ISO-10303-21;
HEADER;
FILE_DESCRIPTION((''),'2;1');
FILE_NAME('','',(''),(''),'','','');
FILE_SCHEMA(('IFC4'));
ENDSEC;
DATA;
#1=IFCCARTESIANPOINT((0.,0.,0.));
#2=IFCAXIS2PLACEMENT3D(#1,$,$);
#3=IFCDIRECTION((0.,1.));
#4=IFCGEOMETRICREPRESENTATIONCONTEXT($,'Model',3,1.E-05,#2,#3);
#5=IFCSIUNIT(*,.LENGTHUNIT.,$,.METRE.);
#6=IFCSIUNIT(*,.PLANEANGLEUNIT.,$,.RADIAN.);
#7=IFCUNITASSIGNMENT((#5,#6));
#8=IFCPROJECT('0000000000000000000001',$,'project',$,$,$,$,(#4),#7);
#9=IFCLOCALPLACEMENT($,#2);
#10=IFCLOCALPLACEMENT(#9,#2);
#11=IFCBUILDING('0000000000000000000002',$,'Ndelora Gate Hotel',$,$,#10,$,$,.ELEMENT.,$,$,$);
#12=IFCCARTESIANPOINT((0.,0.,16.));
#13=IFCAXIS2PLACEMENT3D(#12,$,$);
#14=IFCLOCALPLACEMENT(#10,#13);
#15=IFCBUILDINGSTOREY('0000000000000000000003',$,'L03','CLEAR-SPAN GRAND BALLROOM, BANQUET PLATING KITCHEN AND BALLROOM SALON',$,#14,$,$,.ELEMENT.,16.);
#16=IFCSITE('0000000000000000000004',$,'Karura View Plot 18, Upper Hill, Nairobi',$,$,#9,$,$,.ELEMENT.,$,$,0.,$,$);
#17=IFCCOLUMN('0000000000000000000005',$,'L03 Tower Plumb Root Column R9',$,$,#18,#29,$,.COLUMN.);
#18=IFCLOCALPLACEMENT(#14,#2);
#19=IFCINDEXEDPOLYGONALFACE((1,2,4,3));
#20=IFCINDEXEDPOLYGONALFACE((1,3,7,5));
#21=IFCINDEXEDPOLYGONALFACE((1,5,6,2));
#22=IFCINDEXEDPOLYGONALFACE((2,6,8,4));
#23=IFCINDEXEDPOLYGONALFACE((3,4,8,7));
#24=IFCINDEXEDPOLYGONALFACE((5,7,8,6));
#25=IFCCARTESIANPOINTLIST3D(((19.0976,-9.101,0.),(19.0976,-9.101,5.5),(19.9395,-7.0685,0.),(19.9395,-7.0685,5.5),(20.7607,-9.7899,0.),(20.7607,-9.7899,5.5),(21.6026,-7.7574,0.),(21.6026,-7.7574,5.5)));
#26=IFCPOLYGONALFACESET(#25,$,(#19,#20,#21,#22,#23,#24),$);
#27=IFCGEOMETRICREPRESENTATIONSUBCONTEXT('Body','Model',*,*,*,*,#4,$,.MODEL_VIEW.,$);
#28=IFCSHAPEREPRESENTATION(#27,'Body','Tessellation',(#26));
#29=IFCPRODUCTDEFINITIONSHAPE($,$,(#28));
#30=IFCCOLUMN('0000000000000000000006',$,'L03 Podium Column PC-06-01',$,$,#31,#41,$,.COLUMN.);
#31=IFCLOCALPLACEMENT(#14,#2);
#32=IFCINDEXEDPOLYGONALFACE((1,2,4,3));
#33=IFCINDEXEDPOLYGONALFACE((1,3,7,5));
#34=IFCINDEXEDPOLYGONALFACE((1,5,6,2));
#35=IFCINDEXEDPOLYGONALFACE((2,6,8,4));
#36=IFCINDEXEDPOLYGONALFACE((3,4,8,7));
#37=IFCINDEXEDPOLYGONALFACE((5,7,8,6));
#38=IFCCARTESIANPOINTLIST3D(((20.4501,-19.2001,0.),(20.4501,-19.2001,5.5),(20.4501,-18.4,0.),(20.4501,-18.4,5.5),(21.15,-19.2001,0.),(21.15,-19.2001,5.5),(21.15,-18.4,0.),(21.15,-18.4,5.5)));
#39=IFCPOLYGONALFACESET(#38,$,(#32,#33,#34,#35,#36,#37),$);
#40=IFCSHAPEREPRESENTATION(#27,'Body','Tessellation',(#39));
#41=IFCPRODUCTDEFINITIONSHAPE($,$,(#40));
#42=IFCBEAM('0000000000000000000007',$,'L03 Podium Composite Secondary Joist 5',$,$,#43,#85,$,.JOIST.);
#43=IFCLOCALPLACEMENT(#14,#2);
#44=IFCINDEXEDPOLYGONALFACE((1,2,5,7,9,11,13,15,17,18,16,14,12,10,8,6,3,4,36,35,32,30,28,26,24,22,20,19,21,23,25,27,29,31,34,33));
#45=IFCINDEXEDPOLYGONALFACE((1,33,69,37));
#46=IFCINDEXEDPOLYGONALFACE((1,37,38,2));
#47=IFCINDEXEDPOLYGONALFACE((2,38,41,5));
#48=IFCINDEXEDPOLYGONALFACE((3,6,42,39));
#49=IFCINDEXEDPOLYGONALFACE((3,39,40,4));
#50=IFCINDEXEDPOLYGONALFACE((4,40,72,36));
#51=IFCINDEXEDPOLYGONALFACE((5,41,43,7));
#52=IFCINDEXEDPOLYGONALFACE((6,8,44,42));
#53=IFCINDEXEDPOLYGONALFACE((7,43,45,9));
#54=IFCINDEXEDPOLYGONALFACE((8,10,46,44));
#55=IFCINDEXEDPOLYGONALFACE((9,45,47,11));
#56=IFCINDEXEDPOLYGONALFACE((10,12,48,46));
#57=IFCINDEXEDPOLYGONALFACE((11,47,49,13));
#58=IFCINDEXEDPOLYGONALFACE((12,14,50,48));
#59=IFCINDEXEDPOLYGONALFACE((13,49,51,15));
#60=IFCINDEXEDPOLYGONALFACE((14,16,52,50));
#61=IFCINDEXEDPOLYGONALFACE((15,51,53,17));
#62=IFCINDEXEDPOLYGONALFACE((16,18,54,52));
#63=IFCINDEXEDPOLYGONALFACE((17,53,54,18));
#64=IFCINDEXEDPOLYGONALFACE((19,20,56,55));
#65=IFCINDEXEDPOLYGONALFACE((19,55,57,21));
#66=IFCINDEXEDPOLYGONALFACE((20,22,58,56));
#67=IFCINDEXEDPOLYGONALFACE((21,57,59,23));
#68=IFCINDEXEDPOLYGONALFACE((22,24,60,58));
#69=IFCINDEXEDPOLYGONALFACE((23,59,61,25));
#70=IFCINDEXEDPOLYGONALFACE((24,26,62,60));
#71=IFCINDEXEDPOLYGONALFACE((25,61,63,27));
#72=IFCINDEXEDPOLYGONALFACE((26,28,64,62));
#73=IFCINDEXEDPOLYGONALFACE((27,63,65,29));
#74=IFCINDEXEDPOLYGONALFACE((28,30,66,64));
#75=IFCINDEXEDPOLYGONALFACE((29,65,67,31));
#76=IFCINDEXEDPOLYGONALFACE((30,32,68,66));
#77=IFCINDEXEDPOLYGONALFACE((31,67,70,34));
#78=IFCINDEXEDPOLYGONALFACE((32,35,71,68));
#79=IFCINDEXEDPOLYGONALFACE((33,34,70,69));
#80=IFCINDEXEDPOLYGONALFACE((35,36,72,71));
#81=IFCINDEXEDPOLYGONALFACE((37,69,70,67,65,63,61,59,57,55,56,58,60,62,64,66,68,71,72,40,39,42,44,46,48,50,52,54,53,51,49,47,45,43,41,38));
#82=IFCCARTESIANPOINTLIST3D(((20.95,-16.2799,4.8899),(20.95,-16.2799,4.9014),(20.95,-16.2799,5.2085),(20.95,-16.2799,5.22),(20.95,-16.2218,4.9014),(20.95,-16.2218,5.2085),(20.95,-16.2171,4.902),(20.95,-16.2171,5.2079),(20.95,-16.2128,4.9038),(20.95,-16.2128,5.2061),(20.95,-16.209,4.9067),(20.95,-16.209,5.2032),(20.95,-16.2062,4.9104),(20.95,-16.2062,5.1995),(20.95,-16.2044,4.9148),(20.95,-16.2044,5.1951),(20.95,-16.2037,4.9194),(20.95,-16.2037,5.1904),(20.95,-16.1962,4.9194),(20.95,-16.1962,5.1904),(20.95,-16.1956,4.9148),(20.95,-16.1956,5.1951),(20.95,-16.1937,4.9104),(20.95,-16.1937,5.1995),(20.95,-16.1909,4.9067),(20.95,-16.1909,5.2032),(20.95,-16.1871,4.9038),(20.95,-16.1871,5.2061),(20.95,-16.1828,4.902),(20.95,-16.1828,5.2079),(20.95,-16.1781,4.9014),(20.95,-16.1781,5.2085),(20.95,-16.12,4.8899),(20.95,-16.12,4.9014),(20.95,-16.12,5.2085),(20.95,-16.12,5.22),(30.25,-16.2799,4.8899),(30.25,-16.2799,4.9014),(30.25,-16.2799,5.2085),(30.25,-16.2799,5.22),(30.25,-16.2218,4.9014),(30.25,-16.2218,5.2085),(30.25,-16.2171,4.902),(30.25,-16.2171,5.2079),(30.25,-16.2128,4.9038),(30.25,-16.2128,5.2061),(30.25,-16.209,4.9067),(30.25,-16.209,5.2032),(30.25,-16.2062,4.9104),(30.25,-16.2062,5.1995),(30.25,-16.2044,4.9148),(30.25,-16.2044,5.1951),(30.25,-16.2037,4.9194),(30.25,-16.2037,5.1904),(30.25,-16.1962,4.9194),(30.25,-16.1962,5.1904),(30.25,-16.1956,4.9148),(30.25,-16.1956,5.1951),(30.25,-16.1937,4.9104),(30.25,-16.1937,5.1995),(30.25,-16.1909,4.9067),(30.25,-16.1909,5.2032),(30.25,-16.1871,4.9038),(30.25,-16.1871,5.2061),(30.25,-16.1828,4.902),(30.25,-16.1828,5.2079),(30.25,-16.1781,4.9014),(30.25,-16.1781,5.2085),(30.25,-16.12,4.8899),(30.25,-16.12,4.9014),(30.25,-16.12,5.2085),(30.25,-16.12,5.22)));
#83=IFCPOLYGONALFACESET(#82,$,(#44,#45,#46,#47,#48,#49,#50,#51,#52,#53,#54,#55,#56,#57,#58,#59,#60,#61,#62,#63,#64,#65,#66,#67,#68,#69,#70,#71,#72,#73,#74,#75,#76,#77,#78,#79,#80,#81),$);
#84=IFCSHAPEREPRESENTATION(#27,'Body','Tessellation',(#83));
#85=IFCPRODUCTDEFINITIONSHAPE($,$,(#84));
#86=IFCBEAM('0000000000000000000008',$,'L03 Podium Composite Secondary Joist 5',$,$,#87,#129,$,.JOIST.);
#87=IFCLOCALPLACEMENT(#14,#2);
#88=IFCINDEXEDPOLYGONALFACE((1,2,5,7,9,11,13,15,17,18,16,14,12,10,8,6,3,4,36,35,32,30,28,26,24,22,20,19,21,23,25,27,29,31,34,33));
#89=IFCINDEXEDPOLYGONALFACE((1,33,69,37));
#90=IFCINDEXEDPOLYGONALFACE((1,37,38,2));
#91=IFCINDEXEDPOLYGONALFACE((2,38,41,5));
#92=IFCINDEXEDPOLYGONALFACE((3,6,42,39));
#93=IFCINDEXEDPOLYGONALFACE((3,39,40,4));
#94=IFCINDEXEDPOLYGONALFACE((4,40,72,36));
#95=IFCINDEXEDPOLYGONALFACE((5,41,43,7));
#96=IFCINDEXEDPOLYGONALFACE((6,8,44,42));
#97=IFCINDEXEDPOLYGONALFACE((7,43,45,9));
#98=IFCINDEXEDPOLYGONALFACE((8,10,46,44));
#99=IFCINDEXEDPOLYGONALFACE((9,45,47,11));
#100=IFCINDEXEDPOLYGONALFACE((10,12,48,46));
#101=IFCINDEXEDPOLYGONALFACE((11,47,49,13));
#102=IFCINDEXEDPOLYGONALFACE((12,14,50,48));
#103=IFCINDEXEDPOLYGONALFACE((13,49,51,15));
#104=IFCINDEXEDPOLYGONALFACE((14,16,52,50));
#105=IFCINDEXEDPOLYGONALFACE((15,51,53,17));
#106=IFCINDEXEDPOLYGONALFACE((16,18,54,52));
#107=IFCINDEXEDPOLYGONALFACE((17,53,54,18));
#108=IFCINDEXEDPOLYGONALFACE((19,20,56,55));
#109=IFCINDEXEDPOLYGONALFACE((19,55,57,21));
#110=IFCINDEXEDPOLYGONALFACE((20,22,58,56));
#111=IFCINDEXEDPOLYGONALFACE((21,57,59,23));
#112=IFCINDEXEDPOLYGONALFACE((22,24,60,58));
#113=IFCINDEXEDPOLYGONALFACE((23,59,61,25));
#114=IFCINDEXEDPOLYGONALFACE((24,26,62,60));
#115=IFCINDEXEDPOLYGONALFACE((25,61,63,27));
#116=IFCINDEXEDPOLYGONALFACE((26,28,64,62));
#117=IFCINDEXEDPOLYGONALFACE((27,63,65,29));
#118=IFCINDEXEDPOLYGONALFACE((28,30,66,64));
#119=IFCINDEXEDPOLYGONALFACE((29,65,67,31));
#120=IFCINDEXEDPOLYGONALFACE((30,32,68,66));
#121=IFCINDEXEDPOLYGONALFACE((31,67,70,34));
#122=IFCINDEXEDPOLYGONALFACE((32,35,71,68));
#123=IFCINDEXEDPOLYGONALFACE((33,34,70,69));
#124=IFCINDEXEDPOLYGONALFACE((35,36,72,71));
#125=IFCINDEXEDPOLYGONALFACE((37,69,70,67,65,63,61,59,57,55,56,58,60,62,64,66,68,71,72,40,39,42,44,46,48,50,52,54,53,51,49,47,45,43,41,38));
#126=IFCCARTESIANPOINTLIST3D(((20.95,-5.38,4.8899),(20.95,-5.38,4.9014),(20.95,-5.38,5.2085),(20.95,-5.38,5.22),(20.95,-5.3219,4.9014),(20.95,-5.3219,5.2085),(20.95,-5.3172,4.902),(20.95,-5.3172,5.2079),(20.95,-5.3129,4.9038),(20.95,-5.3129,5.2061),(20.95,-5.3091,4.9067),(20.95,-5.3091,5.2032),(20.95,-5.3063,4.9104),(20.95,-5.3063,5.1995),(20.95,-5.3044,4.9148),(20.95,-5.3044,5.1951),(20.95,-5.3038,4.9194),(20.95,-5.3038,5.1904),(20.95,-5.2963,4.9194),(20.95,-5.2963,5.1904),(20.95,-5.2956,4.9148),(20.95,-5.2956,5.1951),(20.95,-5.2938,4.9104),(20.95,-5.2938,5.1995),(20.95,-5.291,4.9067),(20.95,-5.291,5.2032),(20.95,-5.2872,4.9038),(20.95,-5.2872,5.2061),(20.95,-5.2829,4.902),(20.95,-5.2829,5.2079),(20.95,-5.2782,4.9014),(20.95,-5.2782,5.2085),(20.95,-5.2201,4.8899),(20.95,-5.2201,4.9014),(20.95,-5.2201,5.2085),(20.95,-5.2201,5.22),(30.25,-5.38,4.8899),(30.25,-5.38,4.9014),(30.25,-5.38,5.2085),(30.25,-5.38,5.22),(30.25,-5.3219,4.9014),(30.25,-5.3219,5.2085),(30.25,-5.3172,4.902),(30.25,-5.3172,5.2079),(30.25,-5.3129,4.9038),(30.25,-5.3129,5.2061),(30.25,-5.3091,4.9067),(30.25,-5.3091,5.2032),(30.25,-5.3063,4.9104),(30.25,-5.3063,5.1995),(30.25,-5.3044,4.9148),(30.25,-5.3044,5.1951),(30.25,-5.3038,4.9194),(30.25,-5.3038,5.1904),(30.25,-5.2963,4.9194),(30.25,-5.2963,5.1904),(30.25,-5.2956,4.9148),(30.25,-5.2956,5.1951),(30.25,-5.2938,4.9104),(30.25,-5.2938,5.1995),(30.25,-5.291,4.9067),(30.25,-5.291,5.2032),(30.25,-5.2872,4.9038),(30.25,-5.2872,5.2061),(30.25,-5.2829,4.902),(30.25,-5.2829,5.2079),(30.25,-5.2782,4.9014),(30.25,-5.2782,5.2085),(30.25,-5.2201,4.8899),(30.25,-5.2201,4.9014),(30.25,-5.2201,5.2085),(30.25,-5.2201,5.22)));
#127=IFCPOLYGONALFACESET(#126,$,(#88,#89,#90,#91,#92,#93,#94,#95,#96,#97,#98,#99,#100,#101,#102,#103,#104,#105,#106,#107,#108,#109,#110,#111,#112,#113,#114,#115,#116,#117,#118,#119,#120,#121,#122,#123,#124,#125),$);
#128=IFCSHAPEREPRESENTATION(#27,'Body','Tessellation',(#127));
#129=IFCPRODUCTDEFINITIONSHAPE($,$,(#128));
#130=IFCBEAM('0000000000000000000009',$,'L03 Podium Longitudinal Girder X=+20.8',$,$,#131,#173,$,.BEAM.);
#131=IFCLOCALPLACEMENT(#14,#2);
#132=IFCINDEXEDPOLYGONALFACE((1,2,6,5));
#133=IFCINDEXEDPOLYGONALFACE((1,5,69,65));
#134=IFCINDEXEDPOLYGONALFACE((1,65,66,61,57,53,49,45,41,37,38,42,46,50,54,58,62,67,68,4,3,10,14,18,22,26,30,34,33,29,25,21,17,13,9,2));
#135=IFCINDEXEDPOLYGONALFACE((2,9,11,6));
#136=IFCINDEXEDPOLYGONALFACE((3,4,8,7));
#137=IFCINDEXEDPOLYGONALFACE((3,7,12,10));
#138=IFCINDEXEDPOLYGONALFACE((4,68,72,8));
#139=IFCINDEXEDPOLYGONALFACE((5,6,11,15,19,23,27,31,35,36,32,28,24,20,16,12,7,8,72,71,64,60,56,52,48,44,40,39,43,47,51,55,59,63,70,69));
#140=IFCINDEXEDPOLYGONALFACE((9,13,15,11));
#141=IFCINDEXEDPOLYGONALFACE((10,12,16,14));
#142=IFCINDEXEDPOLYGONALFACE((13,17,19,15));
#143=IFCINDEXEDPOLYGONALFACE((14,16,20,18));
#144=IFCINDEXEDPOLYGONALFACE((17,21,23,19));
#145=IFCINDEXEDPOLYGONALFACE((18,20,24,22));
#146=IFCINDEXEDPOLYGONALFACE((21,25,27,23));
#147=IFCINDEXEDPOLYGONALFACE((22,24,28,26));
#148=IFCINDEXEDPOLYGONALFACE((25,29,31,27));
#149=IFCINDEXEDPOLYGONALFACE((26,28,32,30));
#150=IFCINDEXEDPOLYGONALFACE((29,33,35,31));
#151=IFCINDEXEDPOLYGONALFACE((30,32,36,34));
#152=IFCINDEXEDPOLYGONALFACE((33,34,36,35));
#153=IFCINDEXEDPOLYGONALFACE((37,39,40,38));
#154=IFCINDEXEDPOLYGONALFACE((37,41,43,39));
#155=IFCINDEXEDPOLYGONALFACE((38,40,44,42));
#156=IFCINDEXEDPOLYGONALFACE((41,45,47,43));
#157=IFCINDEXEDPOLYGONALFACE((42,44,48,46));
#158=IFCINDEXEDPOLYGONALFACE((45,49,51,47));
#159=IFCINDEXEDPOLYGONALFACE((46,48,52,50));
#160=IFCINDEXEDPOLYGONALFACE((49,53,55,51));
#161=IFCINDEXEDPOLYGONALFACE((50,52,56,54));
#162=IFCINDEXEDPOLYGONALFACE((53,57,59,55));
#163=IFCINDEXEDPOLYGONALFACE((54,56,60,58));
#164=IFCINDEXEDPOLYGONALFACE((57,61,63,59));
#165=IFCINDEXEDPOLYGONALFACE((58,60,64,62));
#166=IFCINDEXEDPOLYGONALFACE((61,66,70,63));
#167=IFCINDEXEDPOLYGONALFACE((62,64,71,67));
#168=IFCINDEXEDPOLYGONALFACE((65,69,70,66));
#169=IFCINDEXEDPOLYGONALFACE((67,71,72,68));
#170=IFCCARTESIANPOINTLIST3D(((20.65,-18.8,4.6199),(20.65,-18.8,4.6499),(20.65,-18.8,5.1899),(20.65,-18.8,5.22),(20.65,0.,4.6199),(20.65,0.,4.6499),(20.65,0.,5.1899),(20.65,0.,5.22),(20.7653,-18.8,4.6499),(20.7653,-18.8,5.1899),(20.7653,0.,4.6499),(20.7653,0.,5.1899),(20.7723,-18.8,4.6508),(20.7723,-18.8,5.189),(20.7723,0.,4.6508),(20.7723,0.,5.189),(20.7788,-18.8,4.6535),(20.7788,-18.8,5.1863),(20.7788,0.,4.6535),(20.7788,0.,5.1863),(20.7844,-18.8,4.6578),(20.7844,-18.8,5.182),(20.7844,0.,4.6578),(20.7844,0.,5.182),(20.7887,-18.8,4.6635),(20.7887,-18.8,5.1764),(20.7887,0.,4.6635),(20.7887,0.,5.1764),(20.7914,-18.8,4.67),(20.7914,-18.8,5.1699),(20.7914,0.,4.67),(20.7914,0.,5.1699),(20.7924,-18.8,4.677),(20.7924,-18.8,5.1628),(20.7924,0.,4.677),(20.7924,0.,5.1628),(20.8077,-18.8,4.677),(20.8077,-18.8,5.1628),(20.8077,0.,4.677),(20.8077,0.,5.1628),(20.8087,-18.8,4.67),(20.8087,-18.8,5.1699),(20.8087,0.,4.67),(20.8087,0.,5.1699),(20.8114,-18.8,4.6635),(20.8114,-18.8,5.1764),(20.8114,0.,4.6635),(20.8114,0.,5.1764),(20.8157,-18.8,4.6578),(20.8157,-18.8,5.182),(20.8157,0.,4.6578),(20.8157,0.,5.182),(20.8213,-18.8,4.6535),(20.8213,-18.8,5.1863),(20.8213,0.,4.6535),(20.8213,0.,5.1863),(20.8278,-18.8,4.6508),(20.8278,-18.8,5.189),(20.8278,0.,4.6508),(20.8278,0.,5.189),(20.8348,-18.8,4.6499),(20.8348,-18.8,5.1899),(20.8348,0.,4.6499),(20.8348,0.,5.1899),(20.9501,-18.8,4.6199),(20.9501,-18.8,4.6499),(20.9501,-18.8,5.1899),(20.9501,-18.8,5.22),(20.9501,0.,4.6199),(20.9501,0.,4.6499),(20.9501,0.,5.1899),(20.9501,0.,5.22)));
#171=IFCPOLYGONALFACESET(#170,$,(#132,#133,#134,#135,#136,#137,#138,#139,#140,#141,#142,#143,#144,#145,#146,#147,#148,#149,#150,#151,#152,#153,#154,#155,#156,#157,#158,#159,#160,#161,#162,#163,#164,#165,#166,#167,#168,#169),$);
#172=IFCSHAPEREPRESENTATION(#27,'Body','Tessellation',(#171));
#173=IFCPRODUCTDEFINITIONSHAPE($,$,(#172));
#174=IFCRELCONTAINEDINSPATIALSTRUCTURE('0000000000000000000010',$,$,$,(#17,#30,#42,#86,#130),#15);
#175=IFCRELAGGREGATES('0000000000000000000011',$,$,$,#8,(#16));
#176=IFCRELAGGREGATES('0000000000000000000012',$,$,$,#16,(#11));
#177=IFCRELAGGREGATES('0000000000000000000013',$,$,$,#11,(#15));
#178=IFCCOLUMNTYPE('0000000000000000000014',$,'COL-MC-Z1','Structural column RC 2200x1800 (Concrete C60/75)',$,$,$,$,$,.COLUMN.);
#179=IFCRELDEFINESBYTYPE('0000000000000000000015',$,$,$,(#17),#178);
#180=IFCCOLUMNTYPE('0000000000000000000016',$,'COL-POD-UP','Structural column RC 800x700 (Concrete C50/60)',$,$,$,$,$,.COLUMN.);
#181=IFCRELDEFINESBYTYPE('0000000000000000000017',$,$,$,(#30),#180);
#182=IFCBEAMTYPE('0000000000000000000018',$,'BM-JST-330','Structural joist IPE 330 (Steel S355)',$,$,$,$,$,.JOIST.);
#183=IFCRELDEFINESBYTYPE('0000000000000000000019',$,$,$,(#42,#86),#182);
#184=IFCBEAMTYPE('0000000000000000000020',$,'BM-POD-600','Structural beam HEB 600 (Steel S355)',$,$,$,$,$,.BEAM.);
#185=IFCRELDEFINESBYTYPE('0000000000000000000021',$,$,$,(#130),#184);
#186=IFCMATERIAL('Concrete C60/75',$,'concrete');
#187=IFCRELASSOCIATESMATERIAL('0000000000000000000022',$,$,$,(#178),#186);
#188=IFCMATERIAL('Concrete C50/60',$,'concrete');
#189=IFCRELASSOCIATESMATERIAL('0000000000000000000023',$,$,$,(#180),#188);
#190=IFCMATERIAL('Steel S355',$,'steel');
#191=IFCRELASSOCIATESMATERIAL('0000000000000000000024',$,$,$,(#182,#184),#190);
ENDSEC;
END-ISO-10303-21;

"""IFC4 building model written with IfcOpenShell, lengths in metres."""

from ifc_helpers import new_model, si_unit, direction, frame, origin, origin_2d, place, context, subcontext, project, spatial, rectangle, i_section, extrude, material, material_profile, profile_set, type_object, element, save


model = new_model("IFC4")

# Units and contexts
model_context = context("Model", 3, precision=1e-05, world=origin(), true_north=direction((0.0, 1.0)))
body_context = subcontext(model_context, "Body", "Model", "MODEL_VIEW")
ifc_project = project(units=[si_unit("LENGTHUNIT", "METRE"), si_unit("PLANEANGLEUNIT", "RADIAN")], contexts=[model_context])

# Site, building, storey
site_placement = place(None, origin())
site = spatial("IfcSite", under=ifc_project, at=site_placement, Name="Karura View Plot 18, Upper Hill, Nairobi", CompositionType="ELEMENT", RefElevation=0.0)
building_placement = place(site_placement, origin())
building = spatial("IfcBuilding", under=site, at=building_placement, Name="Ndelora Gate Hotel", CompositionType="ELEMENT")
storey_placement = place(building_placement, frame((0.0, 0.0, 16.0)))
storey = spatial("IfcBuildingStorey", under=building, at=storey_placement, Name="L03", Description="CLEAR-SPAN GRAND BALLROOM, BANQUET PLATING KITCHEN AND BALLROOM SALON", CompositionType="ELEMENT", Elevation=16.0)

# Columns
ifc_material_1 = material(Name="Concrete C60/75", Category="concrete")
ifc_material_profile_1 = material_profile(ifc_material_1, rectangle(XDim=1.8, YDim=2.2, at=origin_2d()), Name="RC 2200x1800")
ifc_profile_set_1 = profile_set([ifc_material_profile_1], Name="Concrete C60/75")
column_type_1 = type_object("IfcColumnType", Name="COL-MC-Z1", Description="Structural column RC 2200x1800 (Concrete C60/75)", PredefinedType="COLUMN", material=ifc_profile_set_1)
column_1_placement = place(storey_placement, frame((20.3501, -8.4292, 0.0), z_axis=(0.0, 0.0, 1.0), x_axis=(-0.92388, 0.382683, 0.0)))
element("IfcColumn", 1, at=column_1_placement, inside=storey, type_object=column_type_1, Name="L03 Tower Plumb Root Column R9", PredefinedType="COLUMN", context=body_context, shape_type="SweptSolid", body=[
    extrude(rectangle(XDim=1.8, YDim=2.2, at=origin_2d()), origin(), (0.0, 0.0, 1.0), 5.5),
])
ifc_material_2 = material(Name="Concrete C50/60", Category="concrete")
ifc_material_profile_2 = material_profile(ifc_material_2, rectangle(XDim=0.7, YDim=0.8, at=origin_2d()), Name="RC 800x700")
ifc_profile_set_2 = profile_set([ifc_material_profile_2], Name="Concrete C50/60")
column_type_2 = type_object("IfcColumnType", Name="COL-POD-UP", Description="Structural column RC 800x700 (Concrete C50/60)", PredefinedType="COLUMN", material=ifc_profile_set_2)
column_2_placement = place(storey_placement, frame((20.8, -18.8, 0.0), z_axis=(0.0, 0.0, 1.0), x_axis=(1.0, 0.0, 0.0)))
element("IfcColumn", 2, at=column_2_placement, inside=storey, type_object=column_type_2, Name="L03 Podium Column PC-06-01", PredefinedType="COLUMN", context=body_context, shape_type="SweptSolid", body=[
    extrude(rectangle(XDim=0.7, YDim=0.8, at=origin_2d()), origin(), (0.0, 0.0, 1.0), 5.5),
])

# Beams
ifc_material_3 = material(Name="Steel S355", Category="steel")
ifc_material_profile_3 = material_profile(ifc_material_3, i_section(OverallWidth=0.1599, OverallDepth=0.3301, WebThickness=0.0076, FlangeThickness=0.0115, FilletRadius=0.0181, at=origin_2d()), Name="IPE 330")
ifc_profile_set_3 = profile_set([ifc_material_profile_3], Name="Steel S355")
beam_type_1 = type_object("IfcBeamType", Name="BM-JST-330", Description="Structural joist IPE 330 (Steel S355)", PredefinedType="JOIST", material=ifc_profile_set_3)
for number, where, z_axis, x_axis, name in (
    (3, (20.95, -16.2, 5.0549), (1.0, 0.0, 0.0), (0.0, 1.0, 0.0), "L03 Podium Composite Secondary Joist 5"),
    (4, (20.95, -5.3, 5.0549), (1.0, 0.0, 0.0), (0.0, 1.0, 0.0), "L03 Podium Composite Secondary Joist 5"),
):
    element("IfcBeam", number, at=place(storey_placement, frame(where, z_axis=z_axis, x_axis=x_axis)), inside=storey, type_object=beam_type_1, Name=name, PredefinedType="JOIST", context=body_context, shape_type="SweptSolid", body=[
        extrude(i_section(OverallWidth=0.1599, OverallDepth=0.3301, WebThickness=0.0076, FlangeThickness=0.0115, FilletRadius=0.0181, at=origin_2d()), origin(), (0.0, 0.0, 1.0), 9.3),
    ])
ifc_material_profile_4 = material_profile(ifc_material_3, i_section(OverallWidth=0.3, OverallDepth=0.6001, WebThickness=0.0154, FlangeThickness=0.03, FilletRadius=0.0271, at=origin_2d()), Name="HEB 600")
ifc_profile_set_4 = profile_set([ifc_material_profile_4], Name="Steel S355")
beam_type_2 = type_object("IfcBeamType", Name="BM-POD-600", Description="Structural beam HEB 600 (Steel S355)", PredefinedType="BEAM", material=ifc_profile_set_4)
beam_1_placement = place(storey_placement, frame((20.8, -18.8, 4.9199), z_axis=(0.0, 1.0, 0.0), x_axis=(-1.0, 0.0, 0.0)))
element("IfcBeam", 5, at=beam_1_placement, inside=storey, type_object=beam_type_2, Name="L03 Podium Longitudinal Girder X=+20.8", PredefinedType="BEAM", context=body_context, shape_type="SweptSolid", body=[
    extrude(i_section(OverallWidth=0.3, OverallDepth=0.6001, WebThickness=0.0154, FlangeThickness=0.03, FilletRadius=0.0271, at=origin_2d()), origin(), (0.0, 0.0, 1.0), 18.8),
])

save(model, "model.ifc")
